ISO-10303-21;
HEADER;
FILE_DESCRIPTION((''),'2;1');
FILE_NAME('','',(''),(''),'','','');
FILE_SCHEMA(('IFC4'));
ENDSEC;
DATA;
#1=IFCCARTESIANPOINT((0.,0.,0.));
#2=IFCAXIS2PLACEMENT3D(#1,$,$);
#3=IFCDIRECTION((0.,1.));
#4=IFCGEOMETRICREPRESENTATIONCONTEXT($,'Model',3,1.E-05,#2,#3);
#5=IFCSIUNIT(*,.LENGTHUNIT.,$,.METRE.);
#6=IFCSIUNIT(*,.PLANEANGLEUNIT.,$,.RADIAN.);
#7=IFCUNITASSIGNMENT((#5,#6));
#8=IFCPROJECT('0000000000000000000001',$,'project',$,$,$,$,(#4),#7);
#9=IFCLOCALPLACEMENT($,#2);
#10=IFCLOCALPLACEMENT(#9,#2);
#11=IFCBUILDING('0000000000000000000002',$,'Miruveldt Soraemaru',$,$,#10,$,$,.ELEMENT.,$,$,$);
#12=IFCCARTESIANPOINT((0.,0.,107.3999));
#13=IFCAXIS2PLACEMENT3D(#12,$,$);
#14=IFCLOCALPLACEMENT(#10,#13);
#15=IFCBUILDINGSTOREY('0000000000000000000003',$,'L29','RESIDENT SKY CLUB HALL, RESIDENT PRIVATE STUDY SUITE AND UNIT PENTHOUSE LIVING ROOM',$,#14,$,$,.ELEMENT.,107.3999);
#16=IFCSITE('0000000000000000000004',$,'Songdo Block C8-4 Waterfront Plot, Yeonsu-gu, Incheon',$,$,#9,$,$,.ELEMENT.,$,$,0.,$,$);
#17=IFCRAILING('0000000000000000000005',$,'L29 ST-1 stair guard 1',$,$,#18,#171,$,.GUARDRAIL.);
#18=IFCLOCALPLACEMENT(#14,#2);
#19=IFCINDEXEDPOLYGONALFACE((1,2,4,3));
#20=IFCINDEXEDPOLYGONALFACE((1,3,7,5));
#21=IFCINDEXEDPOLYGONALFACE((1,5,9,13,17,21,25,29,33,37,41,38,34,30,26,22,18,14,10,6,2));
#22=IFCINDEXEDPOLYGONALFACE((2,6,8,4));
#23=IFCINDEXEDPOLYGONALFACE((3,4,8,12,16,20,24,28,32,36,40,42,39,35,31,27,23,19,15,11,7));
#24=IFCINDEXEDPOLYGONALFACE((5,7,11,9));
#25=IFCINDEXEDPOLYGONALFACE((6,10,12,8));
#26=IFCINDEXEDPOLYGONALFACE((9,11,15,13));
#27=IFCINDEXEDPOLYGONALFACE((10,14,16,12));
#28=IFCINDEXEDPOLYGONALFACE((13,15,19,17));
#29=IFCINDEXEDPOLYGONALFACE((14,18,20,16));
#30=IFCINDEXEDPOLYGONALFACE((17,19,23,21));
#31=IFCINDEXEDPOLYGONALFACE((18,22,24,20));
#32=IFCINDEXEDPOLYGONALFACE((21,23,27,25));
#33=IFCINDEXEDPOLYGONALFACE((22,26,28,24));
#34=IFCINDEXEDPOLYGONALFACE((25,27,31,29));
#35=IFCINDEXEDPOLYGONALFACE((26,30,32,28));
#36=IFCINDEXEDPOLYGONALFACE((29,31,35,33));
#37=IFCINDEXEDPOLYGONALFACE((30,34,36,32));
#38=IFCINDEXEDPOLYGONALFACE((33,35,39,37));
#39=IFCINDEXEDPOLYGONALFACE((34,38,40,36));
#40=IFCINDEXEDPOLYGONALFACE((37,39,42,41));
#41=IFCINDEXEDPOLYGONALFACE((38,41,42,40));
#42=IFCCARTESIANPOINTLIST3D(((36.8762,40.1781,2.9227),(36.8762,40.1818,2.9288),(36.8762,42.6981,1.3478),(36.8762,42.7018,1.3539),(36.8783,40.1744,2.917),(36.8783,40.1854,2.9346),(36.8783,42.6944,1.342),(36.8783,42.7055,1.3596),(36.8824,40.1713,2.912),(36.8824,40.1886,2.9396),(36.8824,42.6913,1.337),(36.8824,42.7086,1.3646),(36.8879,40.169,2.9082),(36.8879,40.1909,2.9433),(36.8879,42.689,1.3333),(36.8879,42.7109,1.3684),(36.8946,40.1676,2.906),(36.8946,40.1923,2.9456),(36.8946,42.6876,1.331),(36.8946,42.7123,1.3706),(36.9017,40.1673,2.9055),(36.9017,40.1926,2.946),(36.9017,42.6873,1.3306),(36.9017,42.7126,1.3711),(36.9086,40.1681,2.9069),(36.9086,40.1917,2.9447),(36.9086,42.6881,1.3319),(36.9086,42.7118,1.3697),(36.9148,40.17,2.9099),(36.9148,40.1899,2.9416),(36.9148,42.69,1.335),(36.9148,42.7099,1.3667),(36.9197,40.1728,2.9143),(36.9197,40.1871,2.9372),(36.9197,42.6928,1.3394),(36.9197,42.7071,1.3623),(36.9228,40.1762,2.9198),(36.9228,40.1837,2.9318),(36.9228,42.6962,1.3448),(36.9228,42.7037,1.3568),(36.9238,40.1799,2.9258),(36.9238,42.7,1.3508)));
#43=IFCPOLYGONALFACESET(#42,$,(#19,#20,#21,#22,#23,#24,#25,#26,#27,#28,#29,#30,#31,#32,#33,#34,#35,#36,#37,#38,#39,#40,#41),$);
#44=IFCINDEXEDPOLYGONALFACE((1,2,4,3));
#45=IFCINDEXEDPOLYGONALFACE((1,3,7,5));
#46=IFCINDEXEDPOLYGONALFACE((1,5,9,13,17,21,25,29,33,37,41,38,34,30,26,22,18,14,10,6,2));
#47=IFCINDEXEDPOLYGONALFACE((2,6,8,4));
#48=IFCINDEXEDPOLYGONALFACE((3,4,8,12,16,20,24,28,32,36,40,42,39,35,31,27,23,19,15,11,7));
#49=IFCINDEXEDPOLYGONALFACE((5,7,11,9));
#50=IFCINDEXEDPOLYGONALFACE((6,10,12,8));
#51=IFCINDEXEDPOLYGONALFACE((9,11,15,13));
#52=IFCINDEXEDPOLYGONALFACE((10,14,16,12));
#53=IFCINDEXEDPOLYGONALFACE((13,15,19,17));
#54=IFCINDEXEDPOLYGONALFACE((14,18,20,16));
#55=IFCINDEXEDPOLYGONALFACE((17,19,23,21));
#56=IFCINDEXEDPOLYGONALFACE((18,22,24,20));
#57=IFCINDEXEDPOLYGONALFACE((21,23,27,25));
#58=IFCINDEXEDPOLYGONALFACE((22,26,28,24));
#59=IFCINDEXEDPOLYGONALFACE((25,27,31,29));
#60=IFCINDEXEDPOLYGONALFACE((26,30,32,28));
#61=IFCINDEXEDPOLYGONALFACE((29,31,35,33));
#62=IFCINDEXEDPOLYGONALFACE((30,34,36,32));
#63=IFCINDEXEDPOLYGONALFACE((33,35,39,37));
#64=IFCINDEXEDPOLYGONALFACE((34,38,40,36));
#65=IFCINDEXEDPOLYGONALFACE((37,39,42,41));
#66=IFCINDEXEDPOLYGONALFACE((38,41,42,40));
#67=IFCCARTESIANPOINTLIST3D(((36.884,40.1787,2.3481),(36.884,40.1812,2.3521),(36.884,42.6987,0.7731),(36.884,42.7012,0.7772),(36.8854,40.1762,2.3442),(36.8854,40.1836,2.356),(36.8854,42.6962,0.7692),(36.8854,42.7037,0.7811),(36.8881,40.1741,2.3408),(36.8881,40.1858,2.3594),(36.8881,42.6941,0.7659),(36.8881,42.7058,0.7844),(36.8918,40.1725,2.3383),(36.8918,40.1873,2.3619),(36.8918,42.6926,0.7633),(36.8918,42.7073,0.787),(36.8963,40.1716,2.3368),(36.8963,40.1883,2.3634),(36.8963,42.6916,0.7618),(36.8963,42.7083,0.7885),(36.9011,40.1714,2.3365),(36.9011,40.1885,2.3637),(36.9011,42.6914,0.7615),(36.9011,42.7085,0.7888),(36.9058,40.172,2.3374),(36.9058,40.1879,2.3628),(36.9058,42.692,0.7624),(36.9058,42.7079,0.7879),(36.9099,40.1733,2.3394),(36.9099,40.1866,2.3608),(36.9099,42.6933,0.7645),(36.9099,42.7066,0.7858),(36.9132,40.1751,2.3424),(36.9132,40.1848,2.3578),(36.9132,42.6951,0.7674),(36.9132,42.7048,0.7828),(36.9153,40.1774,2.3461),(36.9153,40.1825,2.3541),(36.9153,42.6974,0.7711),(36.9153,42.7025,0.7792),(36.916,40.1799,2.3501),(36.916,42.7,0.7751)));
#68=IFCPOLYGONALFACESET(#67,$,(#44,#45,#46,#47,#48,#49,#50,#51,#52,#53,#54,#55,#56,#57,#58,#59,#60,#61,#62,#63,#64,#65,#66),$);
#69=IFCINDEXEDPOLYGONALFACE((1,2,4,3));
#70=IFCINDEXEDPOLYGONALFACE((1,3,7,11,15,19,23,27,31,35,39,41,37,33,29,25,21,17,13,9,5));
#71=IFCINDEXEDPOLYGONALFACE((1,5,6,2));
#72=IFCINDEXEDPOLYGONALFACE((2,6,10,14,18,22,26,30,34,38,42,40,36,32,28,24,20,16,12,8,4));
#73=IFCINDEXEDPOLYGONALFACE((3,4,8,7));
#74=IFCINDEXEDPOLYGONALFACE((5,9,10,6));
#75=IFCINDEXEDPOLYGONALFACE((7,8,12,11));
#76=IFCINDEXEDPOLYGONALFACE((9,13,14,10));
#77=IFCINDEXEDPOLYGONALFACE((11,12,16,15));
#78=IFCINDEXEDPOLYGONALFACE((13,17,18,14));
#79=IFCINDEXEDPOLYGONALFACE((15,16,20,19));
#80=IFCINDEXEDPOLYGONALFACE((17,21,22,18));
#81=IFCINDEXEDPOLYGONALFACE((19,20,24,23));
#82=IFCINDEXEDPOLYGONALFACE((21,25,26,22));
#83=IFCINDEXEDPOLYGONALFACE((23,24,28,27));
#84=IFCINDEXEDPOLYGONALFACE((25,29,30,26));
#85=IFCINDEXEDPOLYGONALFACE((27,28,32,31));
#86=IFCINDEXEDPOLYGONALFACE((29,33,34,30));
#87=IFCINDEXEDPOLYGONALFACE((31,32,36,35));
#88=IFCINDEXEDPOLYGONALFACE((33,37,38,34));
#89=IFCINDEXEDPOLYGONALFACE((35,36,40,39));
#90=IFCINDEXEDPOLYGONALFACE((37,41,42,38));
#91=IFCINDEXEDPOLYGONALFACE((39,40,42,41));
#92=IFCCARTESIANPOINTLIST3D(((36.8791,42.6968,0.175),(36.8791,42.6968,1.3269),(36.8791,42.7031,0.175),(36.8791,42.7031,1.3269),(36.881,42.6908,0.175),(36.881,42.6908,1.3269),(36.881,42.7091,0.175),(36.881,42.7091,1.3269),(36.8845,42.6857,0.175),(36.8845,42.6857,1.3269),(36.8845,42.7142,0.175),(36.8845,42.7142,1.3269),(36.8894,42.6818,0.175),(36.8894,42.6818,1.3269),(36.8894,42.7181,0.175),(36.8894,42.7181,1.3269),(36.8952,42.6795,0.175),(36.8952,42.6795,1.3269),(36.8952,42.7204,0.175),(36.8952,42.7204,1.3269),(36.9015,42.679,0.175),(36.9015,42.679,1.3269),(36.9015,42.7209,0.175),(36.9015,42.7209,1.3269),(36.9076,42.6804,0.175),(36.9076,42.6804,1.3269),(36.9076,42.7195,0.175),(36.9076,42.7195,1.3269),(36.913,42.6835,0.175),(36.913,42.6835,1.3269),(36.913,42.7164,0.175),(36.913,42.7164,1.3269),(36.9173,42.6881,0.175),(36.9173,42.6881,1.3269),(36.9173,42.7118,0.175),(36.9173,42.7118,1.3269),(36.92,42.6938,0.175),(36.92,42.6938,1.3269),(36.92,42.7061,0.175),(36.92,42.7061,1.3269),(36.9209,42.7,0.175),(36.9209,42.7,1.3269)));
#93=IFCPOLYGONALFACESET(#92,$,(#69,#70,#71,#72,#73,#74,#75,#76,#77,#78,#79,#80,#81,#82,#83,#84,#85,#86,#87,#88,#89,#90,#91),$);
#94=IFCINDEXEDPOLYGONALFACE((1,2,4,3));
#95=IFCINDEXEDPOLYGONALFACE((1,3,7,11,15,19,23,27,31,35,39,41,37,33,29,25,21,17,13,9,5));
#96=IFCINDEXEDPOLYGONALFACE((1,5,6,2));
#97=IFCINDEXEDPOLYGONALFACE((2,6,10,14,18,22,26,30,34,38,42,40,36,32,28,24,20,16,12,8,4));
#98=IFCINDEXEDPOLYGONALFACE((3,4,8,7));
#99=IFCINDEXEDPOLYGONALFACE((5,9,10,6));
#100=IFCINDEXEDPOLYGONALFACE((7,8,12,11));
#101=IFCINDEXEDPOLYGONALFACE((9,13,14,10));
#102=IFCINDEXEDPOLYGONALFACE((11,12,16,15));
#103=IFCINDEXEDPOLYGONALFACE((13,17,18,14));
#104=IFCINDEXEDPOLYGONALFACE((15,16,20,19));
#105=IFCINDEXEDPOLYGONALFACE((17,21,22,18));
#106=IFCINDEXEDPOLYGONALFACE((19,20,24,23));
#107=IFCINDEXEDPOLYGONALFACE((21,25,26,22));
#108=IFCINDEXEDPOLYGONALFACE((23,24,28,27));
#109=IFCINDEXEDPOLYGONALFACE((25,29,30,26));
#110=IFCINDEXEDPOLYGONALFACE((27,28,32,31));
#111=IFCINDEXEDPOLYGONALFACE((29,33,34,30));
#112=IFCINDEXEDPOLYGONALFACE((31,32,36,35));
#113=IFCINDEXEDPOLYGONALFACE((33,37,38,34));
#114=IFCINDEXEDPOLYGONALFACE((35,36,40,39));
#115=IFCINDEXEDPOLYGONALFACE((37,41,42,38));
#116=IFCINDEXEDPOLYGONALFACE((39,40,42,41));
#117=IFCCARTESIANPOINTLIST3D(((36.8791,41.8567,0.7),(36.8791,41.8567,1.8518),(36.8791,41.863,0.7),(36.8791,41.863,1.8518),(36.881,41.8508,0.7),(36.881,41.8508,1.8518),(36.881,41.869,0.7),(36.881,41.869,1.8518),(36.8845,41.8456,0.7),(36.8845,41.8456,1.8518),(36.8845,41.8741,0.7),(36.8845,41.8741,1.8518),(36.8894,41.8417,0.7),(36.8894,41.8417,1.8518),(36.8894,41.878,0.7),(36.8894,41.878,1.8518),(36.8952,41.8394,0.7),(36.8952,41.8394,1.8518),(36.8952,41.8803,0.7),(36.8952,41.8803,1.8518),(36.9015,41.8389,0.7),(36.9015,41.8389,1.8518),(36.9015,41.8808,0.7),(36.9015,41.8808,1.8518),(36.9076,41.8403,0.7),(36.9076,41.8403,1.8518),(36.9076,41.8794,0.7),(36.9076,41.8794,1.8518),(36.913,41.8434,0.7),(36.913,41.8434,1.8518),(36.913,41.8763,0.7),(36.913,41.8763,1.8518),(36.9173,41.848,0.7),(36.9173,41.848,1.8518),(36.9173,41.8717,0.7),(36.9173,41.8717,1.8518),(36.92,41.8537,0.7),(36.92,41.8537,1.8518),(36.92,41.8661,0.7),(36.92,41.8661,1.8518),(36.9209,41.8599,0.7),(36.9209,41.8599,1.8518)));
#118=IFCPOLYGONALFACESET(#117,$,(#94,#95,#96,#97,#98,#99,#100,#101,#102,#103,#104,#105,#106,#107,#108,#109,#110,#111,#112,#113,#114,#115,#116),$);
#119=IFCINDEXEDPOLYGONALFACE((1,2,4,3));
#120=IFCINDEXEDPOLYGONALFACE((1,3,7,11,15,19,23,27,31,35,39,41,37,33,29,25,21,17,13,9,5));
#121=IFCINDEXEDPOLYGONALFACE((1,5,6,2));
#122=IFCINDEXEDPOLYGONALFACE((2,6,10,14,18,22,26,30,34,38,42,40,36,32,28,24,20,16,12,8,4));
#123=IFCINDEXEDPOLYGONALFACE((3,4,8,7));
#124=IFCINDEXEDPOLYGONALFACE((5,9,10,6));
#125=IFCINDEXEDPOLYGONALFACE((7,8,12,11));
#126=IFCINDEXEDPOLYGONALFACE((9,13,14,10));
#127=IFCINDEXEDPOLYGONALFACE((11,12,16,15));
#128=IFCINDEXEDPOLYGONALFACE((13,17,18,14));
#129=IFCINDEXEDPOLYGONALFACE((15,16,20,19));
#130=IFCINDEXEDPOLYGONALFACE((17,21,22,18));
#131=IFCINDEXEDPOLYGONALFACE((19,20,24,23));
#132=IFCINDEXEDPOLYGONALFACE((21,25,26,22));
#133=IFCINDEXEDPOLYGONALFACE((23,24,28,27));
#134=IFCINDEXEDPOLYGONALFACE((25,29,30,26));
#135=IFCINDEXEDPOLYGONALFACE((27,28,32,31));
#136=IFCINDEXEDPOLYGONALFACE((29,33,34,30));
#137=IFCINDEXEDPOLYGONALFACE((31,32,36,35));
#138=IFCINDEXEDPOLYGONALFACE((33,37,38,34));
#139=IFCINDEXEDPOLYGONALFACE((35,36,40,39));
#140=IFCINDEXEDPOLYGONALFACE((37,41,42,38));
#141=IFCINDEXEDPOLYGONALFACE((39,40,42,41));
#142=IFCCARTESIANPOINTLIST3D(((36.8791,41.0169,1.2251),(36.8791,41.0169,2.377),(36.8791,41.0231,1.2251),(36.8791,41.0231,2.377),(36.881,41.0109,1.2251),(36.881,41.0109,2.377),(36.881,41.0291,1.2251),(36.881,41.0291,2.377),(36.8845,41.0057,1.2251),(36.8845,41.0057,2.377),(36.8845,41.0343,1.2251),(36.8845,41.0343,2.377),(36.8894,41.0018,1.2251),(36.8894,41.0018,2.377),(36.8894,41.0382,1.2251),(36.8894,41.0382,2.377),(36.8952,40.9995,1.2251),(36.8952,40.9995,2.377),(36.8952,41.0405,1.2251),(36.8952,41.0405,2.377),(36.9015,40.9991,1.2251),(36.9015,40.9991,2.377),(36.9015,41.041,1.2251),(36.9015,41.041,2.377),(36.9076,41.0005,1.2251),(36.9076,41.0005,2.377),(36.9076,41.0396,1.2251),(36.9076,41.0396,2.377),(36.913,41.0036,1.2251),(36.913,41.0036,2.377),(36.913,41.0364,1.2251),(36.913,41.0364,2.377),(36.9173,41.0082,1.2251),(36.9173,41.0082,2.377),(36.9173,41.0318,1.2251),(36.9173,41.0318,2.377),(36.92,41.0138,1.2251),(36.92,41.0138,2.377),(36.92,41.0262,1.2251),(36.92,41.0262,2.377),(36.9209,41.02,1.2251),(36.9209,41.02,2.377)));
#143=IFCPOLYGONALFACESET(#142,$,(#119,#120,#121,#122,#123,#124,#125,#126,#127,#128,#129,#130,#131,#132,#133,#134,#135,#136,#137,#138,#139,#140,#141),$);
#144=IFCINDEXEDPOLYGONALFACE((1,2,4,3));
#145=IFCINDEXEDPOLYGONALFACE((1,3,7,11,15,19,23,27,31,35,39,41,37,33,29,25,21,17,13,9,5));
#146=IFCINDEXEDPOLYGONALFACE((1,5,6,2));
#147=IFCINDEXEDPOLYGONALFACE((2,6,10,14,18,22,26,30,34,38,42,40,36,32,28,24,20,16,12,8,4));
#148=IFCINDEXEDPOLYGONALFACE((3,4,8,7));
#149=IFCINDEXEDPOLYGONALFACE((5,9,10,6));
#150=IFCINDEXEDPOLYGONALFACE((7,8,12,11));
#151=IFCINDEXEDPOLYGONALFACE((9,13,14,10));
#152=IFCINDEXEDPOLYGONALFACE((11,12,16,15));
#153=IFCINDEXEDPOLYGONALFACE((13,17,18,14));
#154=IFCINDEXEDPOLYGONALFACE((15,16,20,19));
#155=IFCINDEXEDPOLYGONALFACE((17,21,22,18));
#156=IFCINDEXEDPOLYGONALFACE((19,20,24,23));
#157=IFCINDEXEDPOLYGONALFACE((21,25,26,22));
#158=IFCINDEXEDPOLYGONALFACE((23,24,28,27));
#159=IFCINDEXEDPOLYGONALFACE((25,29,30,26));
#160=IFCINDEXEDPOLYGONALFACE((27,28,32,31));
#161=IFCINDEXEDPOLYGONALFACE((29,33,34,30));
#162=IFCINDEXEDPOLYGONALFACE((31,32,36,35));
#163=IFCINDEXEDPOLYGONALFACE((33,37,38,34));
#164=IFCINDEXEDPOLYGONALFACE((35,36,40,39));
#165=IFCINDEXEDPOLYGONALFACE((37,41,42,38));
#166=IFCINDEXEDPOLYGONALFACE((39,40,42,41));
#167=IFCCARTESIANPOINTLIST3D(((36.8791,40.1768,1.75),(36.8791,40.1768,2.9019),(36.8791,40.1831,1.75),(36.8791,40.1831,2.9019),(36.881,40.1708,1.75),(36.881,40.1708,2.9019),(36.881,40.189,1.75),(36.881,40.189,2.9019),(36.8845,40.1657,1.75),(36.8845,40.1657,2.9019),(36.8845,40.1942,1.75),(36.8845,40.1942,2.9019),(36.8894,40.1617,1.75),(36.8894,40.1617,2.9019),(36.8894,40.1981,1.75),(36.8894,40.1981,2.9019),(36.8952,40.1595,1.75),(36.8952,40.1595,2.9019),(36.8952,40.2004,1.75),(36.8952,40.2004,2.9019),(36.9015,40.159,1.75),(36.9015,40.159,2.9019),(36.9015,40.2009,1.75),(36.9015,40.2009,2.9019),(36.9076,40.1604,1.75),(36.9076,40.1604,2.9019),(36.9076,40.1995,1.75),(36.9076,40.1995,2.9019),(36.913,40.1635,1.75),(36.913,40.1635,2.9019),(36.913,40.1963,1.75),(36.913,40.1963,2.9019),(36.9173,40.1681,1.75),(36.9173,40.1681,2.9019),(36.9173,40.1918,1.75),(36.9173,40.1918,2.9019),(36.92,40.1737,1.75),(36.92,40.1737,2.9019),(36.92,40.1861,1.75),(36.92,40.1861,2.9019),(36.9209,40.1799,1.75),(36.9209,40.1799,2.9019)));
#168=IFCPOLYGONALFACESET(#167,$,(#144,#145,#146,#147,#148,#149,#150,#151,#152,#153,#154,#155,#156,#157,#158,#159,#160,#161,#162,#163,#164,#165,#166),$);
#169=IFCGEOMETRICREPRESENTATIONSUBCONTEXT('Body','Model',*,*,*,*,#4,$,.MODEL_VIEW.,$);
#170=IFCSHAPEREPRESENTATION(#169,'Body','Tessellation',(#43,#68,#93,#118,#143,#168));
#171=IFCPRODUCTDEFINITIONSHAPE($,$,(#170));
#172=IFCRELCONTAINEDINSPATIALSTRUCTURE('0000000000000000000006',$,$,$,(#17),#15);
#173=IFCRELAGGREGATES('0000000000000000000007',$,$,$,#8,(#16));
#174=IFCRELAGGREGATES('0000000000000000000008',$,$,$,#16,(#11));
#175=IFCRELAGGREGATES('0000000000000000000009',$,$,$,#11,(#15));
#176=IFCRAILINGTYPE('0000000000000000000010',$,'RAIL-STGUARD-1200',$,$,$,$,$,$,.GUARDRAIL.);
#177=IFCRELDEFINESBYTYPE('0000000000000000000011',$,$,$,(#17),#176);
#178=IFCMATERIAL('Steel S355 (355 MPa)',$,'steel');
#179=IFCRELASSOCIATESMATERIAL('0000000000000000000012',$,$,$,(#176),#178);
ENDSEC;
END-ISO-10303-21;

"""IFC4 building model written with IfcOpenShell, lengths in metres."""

from ifc_helpers import new_model, si_unit, direction, frame, origin, origin_2d, place, context, subcontext, project, spatial, circle, extrude, material, type_object, element, save


model = new_model("IFC4")

# Units and contexts
model_context = context("Model", 3, precision=1e-05, world=origin(), true_north=direction((0.0, 1.0)))
body_context = subcontext(model_context, "Body", "Model", "MODEL_VIEW")
ifc_project = project(units=[si_unit("LENGTHUNIT", "METRE"), si_unit("PLANEANGLEUNIT", "RADIAN")], contexts=[model_context])

# Site, building, storey
site_placement = place(None, origin())
site = spatial("IfcSite", under=ifc_project, at=site_placement, Name="Songdo Block C8-4 Waterfront Plot, Yeonsu-gu, Incheon", CompositionType="ELEMENT", RefElevation=0.0)
building_placement = place(site_placement, origin())
building = spatial("IfcBuilding", under=site, at=building_placement, Name="Miruveldt Soraemaru", CompositionType="ELEMENT")
storey_placement = place(building_placement, frame((0.0, 0.0, 107.3999)))
storey = spatial("IfcBuildingStorey", under=building, at=storey_placement, Name="L29", Description="RESIDENT SKY CLUB HALL, RESIDENT PRIVATE STUDY SUITE AND UNIT PENTHOUSE LIVING ROOM", CompositionType="ELEMENT", Elevation=107.3999)

# Railing
ifc_material_1 = material(Name="Steel S355 (355 MPa)", Category="steel")
railing_type_1 = type_object("IfcRailingType", Name="RAIL-STGUARD-1200", PredefinedType="GUARDRAIL", material=ifc_material_1)
railing_1_placement = place(storey_placement, frame((36.8999, 42.7, 0.175)))
element("IfcRailing", 1, at=railing_1_placement, inside=storey, type_object=railing_type_1, Name="L29 ST-1 stair guard 1", PredefinedType="GUARDRAIL", context=body_context, shape_type="SweptSolid", body=[
    extrude(circle(Radius=0.0239, at=origin_2d()), frame((0.0, 0.0, 1.1758), z_axis=(0.0, -0.848008, 0.529984), x_axis=(1.0, 0.0, 0.0)), (0.0, 0.0, 1.0), 2.9717),
    extrude(circle(Radius=0.0161, at=origin_2d()), frame((0.0, 0.0, 0.6001), z_axis=(0.0, -0.848008, 0.529984), x_axis=(1.0, 0.0, 0.0)), (0.0, 0.0, 1.0), 2.9717),
    extrude(circle(Radius=0.021, at=origin_2d()), origin(), (0.0, 0.0, 1.0), 1.1519),
    extrude(circle(Radius=0.021, at=origin_2d()), frame((0.0, -0.8401, 0.5249)), (0.0, 0.0, 1.0), 1.1519),
    extrude(circle(Radius=0.021, at=origin_2d()), frame((0.0, -1.6799, 1.05)), (0.0, 0.0, 1.0), 1.1519),
    extrude(circle(Radius=0.021, at=origin_2d()), frame((0.0, -2.52, 1.575)), (0.0, 0.0, 1.0), 1.1519),
])

save(model, "model.ifc")
